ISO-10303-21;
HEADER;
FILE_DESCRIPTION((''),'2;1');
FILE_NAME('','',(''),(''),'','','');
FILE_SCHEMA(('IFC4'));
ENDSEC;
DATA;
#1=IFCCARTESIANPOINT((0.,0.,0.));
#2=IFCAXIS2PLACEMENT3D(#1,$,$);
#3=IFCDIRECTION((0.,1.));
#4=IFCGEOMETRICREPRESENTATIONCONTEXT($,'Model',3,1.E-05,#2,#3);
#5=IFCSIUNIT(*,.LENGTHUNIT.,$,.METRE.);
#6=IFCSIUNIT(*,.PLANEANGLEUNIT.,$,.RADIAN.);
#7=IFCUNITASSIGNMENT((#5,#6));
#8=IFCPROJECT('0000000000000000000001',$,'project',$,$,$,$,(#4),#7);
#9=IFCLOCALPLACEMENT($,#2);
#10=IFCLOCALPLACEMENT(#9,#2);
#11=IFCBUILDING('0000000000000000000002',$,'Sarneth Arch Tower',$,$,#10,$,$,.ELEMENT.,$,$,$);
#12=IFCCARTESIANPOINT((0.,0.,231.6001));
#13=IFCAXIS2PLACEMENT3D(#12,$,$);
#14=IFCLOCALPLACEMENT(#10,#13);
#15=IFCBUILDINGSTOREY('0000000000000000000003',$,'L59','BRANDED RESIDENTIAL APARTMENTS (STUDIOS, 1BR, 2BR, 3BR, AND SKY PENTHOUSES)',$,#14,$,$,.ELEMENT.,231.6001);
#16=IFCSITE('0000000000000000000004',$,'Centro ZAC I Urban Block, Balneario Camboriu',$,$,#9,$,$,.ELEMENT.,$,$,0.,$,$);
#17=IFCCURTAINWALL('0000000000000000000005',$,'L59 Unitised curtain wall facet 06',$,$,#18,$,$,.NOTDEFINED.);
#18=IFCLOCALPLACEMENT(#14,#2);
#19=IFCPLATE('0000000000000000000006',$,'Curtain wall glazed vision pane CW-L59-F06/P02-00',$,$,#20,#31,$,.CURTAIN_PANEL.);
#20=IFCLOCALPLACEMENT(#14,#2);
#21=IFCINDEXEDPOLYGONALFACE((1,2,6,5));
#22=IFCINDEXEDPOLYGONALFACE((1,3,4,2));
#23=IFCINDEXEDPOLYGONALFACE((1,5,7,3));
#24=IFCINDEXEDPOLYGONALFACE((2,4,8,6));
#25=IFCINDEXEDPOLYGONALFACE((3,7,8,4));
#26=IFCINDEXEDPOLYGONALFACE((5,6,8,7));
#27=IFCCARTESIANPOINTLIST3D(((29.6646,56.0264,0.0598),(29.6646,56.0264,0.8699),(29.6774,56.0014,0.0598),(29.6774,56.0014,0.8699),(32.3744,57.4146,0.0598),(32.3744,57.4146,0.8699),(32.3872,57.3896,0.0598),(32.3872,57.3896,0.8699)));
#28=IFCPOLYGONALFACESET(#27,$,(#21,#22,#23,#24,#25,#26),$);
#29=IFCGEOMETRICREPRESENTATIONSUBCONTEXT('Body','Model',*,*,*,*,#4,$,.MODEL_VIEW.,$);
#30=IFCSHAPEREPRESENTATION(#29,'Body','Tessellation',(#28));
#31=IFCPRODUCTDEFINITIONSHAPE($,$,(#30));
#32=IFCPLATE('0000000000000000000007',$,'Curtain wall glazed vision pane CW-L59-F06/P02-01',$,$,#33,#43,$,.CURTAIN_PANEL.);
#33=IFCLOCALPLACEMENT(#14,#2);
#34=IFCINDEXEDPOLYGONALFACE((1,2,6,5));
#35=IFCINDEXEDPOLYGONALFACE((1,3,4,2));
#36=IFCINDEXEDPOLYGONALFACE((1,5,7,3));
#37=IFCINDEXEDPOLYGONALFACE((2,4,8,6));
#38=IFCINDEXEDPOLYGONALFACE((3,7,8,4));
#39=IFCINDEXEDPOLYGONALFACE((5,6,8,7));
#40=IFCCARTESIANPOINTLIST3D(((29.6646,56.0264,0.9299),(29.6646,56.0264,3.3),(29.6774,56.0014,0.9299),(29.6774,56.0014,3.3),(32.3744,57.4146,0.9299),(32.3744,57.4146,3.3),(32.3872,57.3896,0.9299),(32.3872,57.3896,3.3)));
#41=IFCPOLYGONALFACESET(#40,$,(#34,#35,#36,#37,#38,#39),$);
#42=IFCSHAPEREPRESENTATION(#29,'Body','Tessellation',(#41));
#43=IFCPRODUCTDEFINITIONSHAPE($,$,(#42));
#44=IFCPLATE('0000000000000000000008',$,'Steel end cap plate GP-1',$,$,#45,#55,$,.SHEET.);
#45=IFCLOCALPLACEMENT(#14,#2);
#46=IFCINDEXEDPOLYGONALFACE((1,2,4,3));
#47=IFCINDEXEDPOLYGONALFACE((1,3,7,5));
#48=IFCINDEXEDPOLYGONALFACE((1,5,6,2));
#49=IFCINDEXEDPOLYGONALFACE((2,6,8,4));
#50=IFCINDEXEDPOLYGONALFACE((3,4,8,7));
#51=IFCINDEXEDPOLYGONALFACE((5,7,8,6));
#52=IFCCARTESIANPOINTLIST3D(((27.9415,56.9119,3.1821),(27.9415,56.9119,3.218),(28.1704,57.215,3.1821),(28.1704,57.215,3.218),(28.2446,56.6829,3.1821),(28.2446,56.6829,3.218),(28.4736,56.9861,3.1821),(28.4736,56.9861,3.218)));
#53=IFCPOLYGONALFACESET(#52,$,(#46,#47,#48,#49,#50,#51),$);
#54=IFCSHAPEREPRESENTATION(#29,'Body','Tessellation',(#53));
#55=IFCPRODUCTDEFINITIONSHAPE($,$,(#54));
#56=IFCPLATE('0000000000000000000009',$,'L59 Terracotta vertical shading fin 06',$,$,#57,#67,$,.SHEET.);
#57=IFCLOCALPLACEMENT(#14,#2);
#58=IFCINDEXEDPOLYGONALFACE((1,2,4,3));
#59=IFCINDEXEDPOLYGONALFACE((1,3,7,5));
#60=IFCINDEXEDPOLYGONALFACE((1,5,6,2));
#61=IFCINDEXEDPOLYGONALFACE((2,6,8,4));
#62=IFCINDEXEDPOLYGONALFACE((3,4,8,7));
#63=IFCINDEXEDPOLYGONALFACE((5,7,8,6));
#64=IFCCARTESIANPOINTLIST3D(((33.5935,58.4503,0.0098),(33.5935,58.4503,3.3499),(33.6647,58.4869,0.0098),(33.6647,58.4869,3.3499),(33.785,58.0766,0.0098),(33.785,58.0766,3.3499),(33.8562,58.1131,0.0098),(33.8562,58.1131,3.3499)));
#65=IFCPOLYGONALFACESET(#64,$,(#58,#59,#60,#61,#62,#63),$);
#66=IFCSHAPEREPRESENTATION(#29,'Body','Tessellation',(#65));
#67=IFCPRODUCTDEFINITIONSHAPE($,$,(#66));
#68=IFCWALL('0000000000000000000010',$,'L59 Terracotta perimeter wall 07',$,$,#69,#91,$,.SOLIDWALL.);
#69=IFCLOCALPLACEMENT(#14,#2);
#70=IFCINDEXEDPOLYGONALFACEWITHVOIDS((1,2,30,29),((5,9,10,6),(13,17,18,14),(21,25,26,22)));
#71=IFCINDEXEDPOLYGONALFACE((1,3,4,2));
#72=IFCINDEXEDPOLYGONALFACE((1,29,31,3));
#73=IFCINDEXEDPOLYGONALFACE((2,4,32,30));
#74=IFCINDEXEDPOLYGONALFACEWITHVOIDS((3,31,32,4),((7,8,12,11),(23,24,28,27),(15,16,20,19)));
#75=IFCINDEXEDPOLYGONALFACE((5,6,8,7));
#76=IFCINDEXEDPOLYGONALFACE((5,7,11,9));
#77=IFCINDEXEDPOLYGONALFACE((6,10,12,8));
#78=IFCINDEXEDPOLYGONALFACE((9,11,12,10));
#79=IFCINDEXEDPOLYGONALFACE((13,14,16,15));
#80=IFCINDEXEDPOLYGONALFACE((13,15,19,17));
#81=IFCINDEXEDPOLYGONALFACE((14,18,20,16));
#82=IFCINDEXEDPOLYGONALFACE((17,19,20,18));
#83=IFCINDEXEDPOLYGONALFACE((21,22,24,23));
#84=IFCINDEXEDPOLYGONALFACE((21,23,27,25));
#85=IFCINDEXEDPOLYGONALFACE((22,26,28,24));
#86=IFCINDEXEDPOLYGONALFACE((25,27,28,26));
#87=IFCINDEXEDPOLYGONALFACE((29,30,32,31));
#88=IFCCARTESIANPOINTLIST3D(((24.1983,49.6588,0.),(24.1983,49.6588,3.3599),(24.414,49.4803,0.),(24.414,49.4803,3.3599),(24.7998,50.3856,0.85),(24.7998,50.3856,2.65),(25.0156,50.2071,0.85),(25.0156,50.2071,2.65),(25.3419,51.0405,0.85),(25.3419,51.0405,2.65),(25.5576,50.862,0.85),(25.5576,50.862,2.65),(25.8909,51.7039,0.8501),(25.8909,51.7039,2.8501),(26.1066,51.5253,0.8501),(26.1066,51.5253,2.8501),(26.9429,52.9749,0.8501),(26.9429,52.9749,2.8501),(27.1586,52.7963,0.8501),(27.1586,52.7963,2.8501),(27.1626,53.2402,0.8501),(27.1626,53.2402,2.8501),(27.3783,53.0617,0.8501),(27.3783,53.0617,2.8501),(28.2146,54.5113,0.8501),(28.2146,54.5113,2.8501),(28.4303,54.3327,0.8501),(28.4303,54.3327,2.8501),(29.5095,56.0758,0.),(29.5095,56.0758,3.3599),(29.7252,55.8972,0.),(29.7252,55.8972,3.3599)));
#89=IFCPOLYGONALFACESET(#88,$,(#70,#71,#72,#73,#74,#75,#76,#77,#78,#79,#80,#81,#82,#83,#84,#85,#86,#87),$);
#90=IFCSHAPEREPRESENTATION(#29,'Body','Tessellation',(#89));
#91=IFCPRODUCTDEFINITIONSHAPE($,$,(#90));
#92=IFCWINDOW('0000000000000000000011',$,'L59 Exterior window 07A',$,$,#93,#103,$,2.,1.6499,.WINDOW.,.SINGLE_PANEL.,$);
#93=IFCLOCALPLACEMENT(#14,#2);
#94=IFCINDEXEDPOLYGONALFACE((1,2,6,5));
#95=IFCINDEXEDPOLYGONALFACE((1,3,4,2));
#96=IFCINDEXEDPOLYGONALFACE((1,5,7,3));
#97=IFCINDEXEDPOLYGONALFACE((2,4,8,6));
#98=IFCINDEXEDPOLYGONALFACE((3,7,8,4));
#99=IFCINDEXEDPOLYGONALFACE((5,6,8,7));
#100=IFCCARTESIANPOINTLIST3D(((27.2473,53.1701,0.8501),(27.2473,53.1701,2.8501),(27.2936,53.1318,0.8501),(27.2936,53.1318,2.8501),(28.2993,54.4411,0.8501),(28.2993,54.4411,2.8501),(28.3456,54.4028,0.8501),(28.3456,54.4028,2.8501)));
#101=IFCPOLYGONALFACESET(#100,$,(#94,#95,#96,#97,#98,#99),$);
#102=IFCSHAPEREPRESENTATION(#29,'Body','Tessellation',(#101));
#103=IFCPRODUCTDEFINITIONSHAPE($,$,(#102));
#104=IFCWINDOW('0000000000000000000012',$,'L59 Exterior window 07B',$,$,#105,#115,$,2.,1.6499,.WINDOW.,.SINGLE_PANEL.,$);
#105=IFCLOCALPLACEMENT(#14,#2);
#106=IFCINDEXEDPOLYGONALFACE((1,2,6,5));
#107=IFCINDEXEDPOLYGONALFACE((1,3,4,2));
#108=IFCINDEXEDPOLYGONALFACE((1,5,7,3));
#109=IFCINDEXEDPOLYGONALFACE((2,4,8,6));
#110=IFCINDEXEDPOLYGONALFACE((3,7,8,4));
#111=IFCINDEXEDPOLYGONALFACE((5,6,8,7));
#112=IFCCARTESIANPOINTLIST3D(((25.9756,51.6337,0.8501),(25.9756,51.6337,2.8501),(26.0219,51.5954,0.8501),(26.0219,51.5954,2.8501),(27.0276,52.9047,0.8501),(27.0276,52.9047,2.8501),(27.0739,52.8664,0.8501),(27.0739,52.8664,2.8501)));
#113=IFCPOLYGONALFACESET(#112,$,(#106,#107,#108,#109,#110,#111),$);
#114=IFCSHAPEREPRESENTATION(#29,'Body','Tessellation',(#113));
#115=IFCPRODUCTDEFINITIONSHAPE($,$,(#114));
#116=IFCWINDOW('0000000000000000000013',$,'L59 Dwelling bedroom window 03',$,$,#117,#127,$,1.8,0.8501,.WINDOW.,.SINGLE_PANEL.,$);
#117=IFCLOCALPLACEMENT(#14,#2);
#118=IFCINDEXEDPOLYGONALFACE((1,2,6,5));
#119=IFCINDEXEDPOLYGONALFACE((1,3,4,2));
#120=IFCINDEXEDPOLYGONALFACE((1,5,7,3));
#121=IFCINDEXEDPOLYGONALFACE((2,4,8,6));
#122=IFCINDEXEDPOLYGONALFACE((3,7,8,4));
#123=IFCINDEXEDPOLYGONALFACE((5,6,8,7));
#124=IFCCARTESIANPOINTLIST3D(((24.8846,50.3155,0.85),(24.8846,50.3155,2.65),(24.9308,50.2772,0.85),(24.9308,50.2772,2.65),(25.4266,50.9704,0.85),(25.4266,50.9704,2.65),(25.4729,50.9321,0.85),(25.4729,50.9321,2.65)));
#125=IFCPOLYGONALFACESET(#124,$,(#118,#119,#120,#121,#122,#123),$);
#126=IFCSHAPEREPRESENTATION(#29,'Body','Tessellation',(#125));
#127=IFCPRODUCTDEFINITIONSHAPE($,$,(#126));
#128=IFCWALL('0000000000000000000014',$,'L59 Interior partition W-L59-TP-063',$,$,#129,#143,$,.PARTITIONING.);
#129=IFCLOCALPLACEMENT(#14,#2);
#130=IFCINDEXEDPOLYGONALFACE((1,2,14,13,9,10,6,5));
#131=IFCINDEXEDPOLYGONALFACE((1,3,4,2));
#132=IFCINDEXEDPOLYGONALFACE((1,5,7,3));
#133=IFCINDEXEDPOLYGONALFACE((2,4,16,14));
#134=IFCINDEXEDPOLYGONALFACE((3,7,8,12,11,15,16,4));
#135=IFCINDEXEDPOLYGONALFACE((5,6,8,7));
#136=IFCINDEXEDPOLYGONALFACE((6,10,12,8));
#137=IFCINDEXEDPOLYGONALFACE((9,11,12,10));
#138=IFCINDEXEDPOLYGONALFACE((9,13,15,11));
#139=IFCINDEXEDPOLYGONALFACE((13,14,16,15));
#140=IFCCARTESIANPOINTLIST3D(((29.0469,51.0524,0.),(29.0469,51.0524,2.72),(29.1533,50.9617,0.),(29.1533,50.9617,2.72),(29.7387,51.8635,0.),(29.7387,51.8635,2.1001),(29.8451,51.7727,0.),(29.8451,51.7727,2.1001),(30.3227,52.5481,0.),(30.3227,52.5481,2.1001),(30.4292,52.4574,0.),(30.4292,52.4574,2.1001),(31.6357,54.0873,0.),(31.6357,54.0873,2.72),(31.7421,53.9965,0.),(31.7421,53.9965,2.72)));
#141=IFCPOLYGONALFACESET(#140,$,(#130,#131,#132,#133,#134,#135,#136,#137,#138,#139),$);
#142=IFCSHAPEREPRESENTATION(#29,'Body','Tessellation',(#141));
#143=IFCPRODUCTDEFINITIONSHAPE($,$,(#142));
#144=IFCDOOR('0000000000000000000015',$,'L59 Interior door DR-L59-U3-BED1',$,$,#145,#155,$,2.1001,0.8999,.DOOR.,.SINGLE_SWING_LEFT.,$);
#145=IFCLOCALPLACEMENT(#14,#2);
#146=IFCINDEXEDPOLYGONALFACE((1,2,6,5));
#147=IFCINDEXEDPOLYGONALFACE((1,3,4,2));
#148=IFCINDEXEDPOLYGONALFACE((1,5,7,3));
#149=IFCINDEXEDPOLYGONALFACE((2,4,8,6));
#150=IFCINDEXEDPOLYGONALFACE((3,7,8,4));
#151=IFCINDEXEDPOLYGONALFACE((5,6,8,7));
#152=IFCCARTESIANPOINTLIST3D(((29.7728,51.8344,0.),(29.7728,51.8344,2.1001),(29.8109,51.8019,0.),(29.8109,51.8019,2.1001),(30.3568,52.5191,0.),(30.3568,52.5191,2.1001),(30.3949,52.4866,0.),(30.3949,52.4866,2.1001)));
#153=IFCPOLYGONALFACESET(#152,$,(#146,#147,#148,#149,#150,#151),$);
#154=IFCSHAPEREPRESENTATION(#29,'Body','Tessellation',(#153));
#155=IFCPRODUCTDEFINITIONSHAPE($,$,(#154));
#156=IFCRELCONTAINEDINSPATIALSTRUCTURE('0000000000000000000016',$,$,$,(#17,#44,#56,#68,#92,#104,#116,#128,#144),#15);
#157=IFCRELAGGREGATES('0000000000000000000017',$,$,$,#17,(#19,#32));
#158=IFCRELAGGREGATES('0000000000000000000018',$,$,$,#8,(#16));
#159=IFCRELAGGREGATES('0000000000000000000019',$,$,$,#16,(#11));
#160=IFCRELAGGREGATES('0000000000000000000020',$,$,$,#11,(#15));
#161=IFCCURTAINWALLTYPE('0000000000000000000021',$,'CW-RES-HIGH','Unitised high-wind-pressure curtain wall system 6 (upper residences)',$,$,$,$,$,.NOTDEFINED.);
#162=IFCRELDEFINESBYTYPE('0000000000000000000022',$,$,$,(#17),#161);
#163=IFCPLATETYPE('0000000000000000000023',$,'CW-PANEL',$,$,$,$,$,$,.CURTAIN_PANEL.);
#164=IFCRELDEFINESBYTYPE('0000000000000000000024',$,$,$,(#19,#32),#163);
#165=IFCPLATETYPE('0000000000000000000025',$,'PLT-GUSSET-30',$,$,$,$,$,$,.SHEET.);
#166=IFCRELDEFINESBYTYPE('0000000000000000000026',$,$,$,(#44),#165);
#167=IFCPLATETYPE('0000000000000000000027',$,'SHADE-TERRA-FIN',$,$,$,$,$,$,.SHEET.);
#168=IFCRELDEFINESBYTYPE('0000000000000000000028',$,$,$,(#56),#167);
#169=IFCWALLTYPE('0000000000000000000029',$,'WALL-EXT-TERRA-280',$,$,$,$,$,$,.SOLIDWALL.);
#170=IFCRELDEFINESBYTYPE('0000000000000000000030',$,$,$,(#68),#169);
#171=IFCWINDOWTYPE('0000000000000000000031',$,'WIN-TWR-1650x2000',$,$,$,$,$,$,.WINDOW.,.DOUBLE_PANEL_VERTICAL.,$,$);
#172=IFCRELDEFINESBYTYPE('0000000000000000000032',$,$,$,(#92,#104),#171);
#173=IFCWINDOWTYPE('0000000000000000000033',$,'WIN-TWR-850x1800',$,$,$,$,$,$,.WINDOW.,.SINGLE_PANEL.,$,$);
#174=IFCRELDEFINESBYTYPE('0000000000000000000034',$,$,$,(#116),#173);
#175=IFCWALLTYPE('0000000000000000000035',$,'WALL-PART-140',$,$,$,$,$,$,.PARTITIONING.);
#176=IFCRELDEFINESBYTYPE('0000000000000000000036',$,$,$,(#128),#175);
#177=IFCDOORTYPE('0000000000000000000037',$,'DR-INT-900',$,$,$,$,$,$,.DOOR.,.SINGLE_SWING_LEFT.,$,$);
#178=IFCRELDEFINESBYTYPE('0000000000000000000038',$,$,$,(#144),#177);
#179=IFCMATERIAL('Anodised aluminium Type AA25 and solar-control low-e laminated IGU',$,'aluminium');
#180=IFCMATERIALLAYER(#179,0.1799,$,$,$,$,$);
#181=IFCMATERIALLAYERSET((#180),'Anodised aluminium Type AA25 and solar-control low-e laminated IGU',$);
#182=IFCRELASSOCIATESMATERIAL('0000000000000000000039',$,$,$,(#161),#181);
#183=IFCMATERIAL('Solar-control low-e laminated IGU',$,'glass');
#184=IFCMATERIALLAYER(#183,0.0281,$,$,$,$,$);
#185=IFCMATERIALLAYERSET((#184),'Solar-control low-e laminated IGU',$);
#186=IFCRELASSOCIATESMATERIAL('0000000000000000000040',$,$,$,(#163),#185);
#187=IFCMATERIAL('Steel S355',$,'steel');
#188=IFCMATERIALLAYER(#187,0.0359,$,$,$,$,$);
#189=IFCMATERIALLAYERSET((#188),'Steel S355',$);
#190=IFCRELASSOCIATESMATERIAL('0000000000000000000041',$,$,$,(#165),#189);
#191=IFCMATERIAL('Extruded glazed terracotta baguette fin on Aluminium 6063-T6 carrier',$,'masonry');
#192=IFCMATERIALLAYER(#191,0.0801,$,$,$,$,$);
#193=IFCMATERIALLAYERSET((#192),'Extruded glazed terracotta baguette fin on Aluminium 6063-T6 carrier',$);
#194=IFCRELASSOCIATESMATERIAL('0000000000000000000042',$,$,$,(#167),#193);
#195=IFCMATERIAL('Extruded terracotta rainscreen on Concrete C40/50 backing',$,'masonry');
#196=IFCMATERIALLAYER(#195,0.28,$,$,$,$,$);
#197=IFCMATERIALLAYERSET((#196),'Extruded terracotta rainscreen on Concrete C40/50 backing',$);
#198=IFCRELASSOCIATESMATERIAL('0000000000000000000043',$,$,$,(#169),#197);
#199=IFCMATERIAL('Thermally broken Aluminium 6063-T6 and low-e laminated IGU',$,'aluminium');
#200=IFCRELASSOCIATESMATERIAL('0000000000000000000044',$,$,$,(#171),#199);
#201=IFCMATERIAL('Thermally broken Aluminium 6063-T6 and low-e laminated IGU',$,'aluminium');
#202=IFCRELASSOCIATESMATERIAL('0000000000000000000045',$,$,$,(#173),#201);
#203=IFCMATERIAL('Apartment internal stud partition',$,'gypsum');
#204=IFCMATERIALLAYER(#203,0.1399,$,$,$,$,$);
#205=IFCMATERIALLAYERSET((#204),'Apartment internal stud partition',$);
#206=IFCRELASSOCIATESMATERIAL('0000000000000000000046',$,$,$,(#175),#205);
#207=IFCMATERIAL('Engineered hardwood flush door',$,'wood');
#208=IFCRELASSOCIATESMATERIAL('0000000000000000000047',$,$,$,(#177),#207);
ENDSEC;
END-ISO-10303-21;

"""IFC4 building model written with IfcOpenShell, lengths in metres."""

from ifc_helpers import new_model, si_unit, direction, frame, frame_2d, origin, origin_2d, place, context, subcontext, project, spatial, rectangle, extrude, material, layer, layer_set, type_object, element, fill, aggregate, save


model = new_model("IFC4")

# Units and contexts
model_context = context("Model", 3, precision=1e-05, world=origin(), true_north=direction((0.0, 1.0)))
body_context = subcontext(model_context, "Body", "Model", "MODEL_VIEW")
ifc_project = project(units=[si_unit("LENGTHUNIT", "METRE"), si_unit("PLANEANGLEUNIT", "RADIAN")], contexts=[model_context])

# Site, building, storey
site_placement = place(None, origin())
site = spatial("IfcSite", under=ifc_project, at=site_placement, Name="Centro ZAC I Urban Block, Balneario Camboriu", CompositionType="ELEMENT", RefElevation=0.0)
building_placement = place(site_placement, origin())
building = spatial("IfcBuilding", under=site, at=building_placement, Name="Sarneth Arch Tower", CompositionType="ELEMENT")
storey_placement = place(building_placement, frame((0.0, 0.0, 231.6001)))
storey = spatial("IfcBuildingStorey", under=building, at=storey_placement, Name="L59", Description="BRANDED RESIDENTIAL APARTMENTS (STUDIOS, 1BR, 2BR, 3BR, AND SKY PENTHOUSES)", CompositionType="ELEMENT", Elevation=231.6001)

# Curtain wall
ifc_material_1 = material(Name="Anodised aluminium Type AA25 and solar-control low-e laminated IGU", Category="aluminium")
ifc_layer_1 = layer(ifc_material_1, 0.1799)
ifc_layer_set_1 = layer_set([ifc_layer_1], Name="Anodised aluminium Type AA25 and solar-control low-e laminated IGU")
curtain_wall_type = type_object("IfcCurtainWallType", Name="CW-RES-HIGH", Description="Unitised high-wind-pressure curtain wall system 6 (upper residences)", PredefinedType="NOTDEFINED", material=ifc_layer_set_1)
curtain_wall_placement = place(storey_placement, origin())
curtain_wall = element("IfcCurtainWall", 1, at=curtain_wall_placement, inside=storey, type_object=curtain_wall_type, Name="L59 Unitised curtain wall facet 06", PredefinedType="NOTDEFINED")

# Plates
ifc_material_2 = material(Name="Solar-control low-e laminated IGU", Category="glass")
ifc_layer_2 = layer(ifc_material_2, 0.0281)
ifc_layer_set_2 = layer_set([ifc_layer_2], Name="Solar-control low-e laminated IGU")
plate_type_1 = type_object("IfcPlateType", Name="CW-PANEL", PredefinedType="CURTAIN_PANEL", material=ifc_layer_set_2)
plate_1_placement = place(storey_placement, frame((31.0259, 56.708, 0.0598), z_axis=(0.0, 0.0, 1.0), x_axis=(-0.89001, -0.455942, 0.0)))
plate_1 = element("IfcPlate", 2, at=plate_1_placement, type_object=plate_type_1, Name="Curtain wall glazed vision pane CW-L59-F06/P02-00", PredefinedType="CURTAIN_PANEL", context=body_context, shape_type="SweptSolid", body=[
    extrude(rectangle(XDim=3.0447, YDim=0.0281, at=origin_2d()), origin(), (0.0, 0.0, 1.0), 0.8101),
])
plate_2_placement = place(storey_placement, frame((31.0259, 56.708, 0.9299), z_axis=(0.0, 0.0, 1.0), x_axis=(-0.89001, -0.455942, 0.0)))
plate_2 = element("IfcPlate", 3, at=plate_2_placement, type_object=plate_type_1, Name="Curtain wall glazed vision pane CW-L59-F06/P02-01", PredefinedType="CURTAIN_PANEL", context=body_context, shape_type="SweptSolid", body=[
    extrude(rectangle(XDim=3.0447, YDim=0.0281, at=origin_2d()), origin(), (0.0, 0.0, 1.0), 2.3701),
])
aggregate(curtain_wall, [plate_1, plate_2])

# Plates
ifc_material_3 = material(Name="Steel S355", Category="steel")
ifc_layer_3 = layer(ifc_material_3, 0.0359)
ifc_layer_set_3 = layer_set([ifc_layer_3], Name="Steel S355")
plate_type_2 = type_object("IfcPlateType", Name="PLT-GUSSET-30", PredefinedType="SHEET", material=ifc_layer_set_3)
plate_3_placement = place(storey_placement, frame((28.2075, 56.949, 3.1821), z_axis=(0.0, 0.0, 1.0), x_axis=(-0.798005, 0.602651, 0.0)))
element("IfcPlate", 4, at=plate_3_placement, inside=storey, type_object=plate_type_2, Name="Steel end cap plate GP-1", PredefinedType="SHEET", context=body_context, shape_type="SweptSolid", body=[
    extrude(rectangle(XDim=0.3799, YDim=0.3799, at=origin_2d()), origin(), (0.0, 0.0, 1.0), 0.0359),
])
ifc_material_4 = material(Name="Extruded glazed terracotta baguette fin on Aluminium 6063-T6 carrier", Category="masonry")
ifc_layer_4 = layer(ifc_material_4, 0.0801)
ifc_layer_set_4 = layer_set([ifc_layer_4], Name="Extruded glazed terracotta baguette fin on Aluminium 6063-T6 carrier")
plate_type_3 = type_object("IfcPlateType", Name="SHADE-TERRA-FIN", PredefinedType="SHEET", material=ifc_layer_set_4)
plate_4_placement = place(storey_placement, frame((33.7249, 58.2817, 0.0098), z_axis=(0.0, 0.0, 1.0), x_axis=(-0.456011, 0.889974, 0.0)))
element("IfcPlate", 5, at=plate_4_placement, inside=storey, type_object=plate_type_3, Name="L59 Terracotta vertical shading fin 06", PredefinedType="SHEET", context=body_context, shape_type="SweptSolid", body=[
    extrude(rectangle(XDim=0.4199, YDim=0.0801, at=origin_2d()), origin(), (0.0, 0.0, 1.0), 3.3401),
])

# Wall, openings, windows
ifc_material_5 = material(Name="Extruded terracotta rainscreen on Concrete C40/50 backing", Category="masonry")
ifc_layer_5 = layer(ifc_material_5, 0.28)
ifc_layer_set_5 = layer_set([ifc_layer_5], Name="Extruded terracotta rainscreen on Concrete C40/50 backing")
wall_type_1 = type_object("IfcWallType", Name="WALL-EXT-TERRA-280", PredefinedType="SOLIDWALL", material=ifc_layer_set_5)
wall_1_placement = place(storey_placement, frame((29.6174, 55.9866, 0.0), z_axis=(0.0, 0.0, 1.0), x_axis=(-0.637615, -0.770355, 0.0)))
wall_1 = element("IfcWall", 6, at=wall_1_placement, inside=storey, type_object=wall_type_1, Name="L59 Terracotta perimeter wall 07", PredefinedType="SOLIDWALL", context=body_context, shape_type="SweptSolid", body=[
    extrude(rectangle(XDim=8.3298, YDim=0.28, at=frame_2d((4.165, 0.0))), origin(), (0.0, 0.0, 1.0), 3.3599),
])
opening_1_placement = place(wall_1_placement, frame((2.031, 0.0, 0.8501)))
opening_1 = element("IfcOpeningElement", 7, at=opening_1_placement, cuts=wall_1, PredefinedType="OPENING", context=body_context, shape_type="SweptSolid", body=[
    extrude(rectangle(XDim=1.6499, YDim=2.0, at=frame_2d((0.825, 1.0))), frame((0.0, 0.1499, 0.0), z_axis=(0.0, -1.0, 0.0), x_axis=(1.0, 0.0, 0.0)), (0.0, 0.0, 1.0), 0.3),
])
opening_2_placement = place(wall_1_placement, frame((4.0254, 0.0, 0.8501)))
opening_2 = element("IfcOpeningElement", 8, at=opening_2_placement, cuts=wall_1, PredefinedType="OPENING", context=body_context, shape_type="SweptSolid", body=[
    extrude(rectangle(XDim=1.6499, YDim=2.0, at=frame_2d((0.825, 1.0))), frame((0.0, 0.1499, 0.0), z_axis=(0.0, -1.0, 0.0), x_axis=(1.0, 0.0, 0.0)), (0.0, 0.0, 1.0), 0.3),
])
opening_3_placement = place(wall_1_placement, frame((6.5364, 0.0, 0.8501)))
opening_3 = element("IfcOpeningElement", 9, at=opening_3_placement, cuts=wall_1, PredefinedType="OPENING", context=body_context, shape_type="SweptSolid", body=[
    extrude(rectangle(XDim=0.8501, YDim=1.8, at=frame_2d((0.425, 0.8999))), frame((0.0, 0.1499, 0.0), z_axis=(0.0, -1.0, 0.0), x_axis=(1.0, 0.0, 0.0)), (0.0, 0.0, 1.0), 0.3),
])
ifc_material_6 = material(Name="Thermally broken Aluminium 6063-T6 and low-e laminated IGU", Category="aluminium")
window_type_1 = type_object("IfcWindowType", Name="WIN-TWR-1650x2000", PartitioningType="DOUBLE_PANEL_VERTICAL", PredefinedType="WINDOW", material=ifc_material_6)
window_1_placement = place(opening_1_placement, origin())
window_1 = element("IfcWindow", 10, at=window_1_placement, inside=storey, type_object=window_type_1, Name="L59 Exterior window 07A", OverallHeight=2.0, OverallWidth=1.6499, PartitioningType="SINGLE_PANEL", PredefinedType="WINDOW", context=body_context, shape_type="SweptSolid", body=[
    extrude(rectangle(XDim=1.6499, YDim=2.0, at=frame_2d((0.825, 1.0))), frame((0.0, 0.03, 0.0), z_axis=(0.0, -1.0, 0.0), x_axis=(1.0, 0.0, 0.0)), (0.0, 0.0, 1.0), 0.0601),
])
fill(opening_1, window_1)
window_2_placement = place(opening_2_placement, origin())
window_2 = element("IfcWindow", 11, at=window_2_placement, inside=storey, type_object=window_type_1, Name="L59 Exterior window 07B", OverallHeight=2.0, OverallWidth=1.6499, PartitioningType="SINGLE_PANEL", PredefinedType="WINDOW", context=body_context, shape_type="SweptSolid", body=[
    extrude(rectangle(XDim=1.6499, YDim=2.0, at=frame_2d((0.825, 1.0))), frame((0.0, 0.03, 0.0), z_axis=(0.0, -1.0, 0.0), x_axis=(1.0, 0.0, 0.0)), (0.0, 0.0, 1.0), 0.0601),
])
fill(opening_2, window_2)
ifc_material_7 = material(Name="Thermally broken Aluminium 6063-T6 and low-e laminated IGU", Category="aluminium")
window_type_2 = type_object("IfcWindowType", Name="WIN-TWR-850x1800", PartitioningType="SINGLE_PANEL", PredefinedType="WINDOW", material=ifc_material_7)
window_3_placement = place(opening_3_placement, origin())
window_3 = element("IfcWindow", 12, at=window_3_placement, inside=storey, type_object=window_type_2, Name="L59 Dwelling bedroom window 03", OverallHeight=1.8, OverallWidth=0.8501, PartitioningType="SINGLE_PANEL", PredefinedType="WINDOW", context=body_context, shape_type="SweptSolid", body=[
    extrude(rectangle(XDim=0.8501, YDim=1.8, at=frame_2d((0.425, 0.8999))), frame((0.0, 0.03, 0.0), z_axis=(0.0, -1.0, 0.0), x_axis=(1.0, 0.0, 0.0)), (0.0, 0.0, 1.0), 0.0601),
])
fill(opening_3, window_3)

# Wall, opening, door
ifc_material_8 = material(Name="Apartment internal stud partition", Category="gypsum")
ifc_layer_6 = layer(ifc_material_8, 0.1399)
ifc_layer_set_6 = layer_set([ifc_layer_6], Name="Apartment internal stud partition")
wall_type_2 = type_object("IfcWallType", Name="WALL-PART-140", PredefinedType="PARTITIONING", material=ifc_layer_set_6)
wall_2_placement = place(storey_placement, frame((31.689, 54.042, 0.0), z_axis=(0.0, 0.0, 1.0), x_axis=(-0.648985, -0.760801, 0.0)))
wall_2 = element("IfcWall", 13, at=wall_2_placement, inside=storey, type_object=wall_type_2, Name="L59 Interior partition W-L59-TP-063", PredefinedType="PARTITIONING", context=body_context, shape_type="SweptSolid", body=[
    extrude(rectangle(XDim=3.989, YDim=0.1399, at=frame_2d((1.9946, 0.0))), origin(), (0.0, 0.0, 1.0), 2.72),
])
opening_4_placement = place(wall_2_placement, frame((2.0232, 0.0, 0.0)))
opening_4 = element("IfcOpeningElement", 14, at=opening_4_placement, cuts=wall_2, PredefinedType="OPENING", context=body_context, shape_type="SweptSolid", body=[
    extrude(rectangle(XDim=0.8999, YDim=2.1001, at=frame_2d((0.45, 1.05))), frame((0.0, 0.0798, 0.0), z_axis=(0.0, -1.0, 0.0), x_axis=(1.0, 0.0, 0.0)), (0.0, 0.0, 1.0), 0.1599),
])
ifc_material_9 = material(Name="Engineered hardwood flush door", Category="wood")
door_type = type_object("IfcDoorType", Name="DR-INT-900", OperationType="SINGLE_SWING_LEFT", PredefinedType="DOOR", material=ifc_material_9)
door_placement = place(opening_4_placement, origin())
door = element("IfcDoor", 15, at=door_placement, inside=storey, type_object=door_type, Name="L59 Interior door DR-L59-U3-BED1", OperationType="SINGLE_SWING_LEFT", OverallHeight=2.1001, OverallWidth=0.8999, PredefinedType="DOOR", context=body_context, shape_type="SweptSolid", body=[
    extrude(rectangle(XDim=0.8999, YDim=2.1001, at=frame_2d((0.45, 1.05))), frame((0.0, 0.0249, 0.0), z_axis=(0.0, -1.0, 0.0), x_axis=(1.0, 0.0, 0.0)), (0.0, 0.0, 1.0), 0.05),
])
fill(opening_4, door)

save(model, "model.ifc")
